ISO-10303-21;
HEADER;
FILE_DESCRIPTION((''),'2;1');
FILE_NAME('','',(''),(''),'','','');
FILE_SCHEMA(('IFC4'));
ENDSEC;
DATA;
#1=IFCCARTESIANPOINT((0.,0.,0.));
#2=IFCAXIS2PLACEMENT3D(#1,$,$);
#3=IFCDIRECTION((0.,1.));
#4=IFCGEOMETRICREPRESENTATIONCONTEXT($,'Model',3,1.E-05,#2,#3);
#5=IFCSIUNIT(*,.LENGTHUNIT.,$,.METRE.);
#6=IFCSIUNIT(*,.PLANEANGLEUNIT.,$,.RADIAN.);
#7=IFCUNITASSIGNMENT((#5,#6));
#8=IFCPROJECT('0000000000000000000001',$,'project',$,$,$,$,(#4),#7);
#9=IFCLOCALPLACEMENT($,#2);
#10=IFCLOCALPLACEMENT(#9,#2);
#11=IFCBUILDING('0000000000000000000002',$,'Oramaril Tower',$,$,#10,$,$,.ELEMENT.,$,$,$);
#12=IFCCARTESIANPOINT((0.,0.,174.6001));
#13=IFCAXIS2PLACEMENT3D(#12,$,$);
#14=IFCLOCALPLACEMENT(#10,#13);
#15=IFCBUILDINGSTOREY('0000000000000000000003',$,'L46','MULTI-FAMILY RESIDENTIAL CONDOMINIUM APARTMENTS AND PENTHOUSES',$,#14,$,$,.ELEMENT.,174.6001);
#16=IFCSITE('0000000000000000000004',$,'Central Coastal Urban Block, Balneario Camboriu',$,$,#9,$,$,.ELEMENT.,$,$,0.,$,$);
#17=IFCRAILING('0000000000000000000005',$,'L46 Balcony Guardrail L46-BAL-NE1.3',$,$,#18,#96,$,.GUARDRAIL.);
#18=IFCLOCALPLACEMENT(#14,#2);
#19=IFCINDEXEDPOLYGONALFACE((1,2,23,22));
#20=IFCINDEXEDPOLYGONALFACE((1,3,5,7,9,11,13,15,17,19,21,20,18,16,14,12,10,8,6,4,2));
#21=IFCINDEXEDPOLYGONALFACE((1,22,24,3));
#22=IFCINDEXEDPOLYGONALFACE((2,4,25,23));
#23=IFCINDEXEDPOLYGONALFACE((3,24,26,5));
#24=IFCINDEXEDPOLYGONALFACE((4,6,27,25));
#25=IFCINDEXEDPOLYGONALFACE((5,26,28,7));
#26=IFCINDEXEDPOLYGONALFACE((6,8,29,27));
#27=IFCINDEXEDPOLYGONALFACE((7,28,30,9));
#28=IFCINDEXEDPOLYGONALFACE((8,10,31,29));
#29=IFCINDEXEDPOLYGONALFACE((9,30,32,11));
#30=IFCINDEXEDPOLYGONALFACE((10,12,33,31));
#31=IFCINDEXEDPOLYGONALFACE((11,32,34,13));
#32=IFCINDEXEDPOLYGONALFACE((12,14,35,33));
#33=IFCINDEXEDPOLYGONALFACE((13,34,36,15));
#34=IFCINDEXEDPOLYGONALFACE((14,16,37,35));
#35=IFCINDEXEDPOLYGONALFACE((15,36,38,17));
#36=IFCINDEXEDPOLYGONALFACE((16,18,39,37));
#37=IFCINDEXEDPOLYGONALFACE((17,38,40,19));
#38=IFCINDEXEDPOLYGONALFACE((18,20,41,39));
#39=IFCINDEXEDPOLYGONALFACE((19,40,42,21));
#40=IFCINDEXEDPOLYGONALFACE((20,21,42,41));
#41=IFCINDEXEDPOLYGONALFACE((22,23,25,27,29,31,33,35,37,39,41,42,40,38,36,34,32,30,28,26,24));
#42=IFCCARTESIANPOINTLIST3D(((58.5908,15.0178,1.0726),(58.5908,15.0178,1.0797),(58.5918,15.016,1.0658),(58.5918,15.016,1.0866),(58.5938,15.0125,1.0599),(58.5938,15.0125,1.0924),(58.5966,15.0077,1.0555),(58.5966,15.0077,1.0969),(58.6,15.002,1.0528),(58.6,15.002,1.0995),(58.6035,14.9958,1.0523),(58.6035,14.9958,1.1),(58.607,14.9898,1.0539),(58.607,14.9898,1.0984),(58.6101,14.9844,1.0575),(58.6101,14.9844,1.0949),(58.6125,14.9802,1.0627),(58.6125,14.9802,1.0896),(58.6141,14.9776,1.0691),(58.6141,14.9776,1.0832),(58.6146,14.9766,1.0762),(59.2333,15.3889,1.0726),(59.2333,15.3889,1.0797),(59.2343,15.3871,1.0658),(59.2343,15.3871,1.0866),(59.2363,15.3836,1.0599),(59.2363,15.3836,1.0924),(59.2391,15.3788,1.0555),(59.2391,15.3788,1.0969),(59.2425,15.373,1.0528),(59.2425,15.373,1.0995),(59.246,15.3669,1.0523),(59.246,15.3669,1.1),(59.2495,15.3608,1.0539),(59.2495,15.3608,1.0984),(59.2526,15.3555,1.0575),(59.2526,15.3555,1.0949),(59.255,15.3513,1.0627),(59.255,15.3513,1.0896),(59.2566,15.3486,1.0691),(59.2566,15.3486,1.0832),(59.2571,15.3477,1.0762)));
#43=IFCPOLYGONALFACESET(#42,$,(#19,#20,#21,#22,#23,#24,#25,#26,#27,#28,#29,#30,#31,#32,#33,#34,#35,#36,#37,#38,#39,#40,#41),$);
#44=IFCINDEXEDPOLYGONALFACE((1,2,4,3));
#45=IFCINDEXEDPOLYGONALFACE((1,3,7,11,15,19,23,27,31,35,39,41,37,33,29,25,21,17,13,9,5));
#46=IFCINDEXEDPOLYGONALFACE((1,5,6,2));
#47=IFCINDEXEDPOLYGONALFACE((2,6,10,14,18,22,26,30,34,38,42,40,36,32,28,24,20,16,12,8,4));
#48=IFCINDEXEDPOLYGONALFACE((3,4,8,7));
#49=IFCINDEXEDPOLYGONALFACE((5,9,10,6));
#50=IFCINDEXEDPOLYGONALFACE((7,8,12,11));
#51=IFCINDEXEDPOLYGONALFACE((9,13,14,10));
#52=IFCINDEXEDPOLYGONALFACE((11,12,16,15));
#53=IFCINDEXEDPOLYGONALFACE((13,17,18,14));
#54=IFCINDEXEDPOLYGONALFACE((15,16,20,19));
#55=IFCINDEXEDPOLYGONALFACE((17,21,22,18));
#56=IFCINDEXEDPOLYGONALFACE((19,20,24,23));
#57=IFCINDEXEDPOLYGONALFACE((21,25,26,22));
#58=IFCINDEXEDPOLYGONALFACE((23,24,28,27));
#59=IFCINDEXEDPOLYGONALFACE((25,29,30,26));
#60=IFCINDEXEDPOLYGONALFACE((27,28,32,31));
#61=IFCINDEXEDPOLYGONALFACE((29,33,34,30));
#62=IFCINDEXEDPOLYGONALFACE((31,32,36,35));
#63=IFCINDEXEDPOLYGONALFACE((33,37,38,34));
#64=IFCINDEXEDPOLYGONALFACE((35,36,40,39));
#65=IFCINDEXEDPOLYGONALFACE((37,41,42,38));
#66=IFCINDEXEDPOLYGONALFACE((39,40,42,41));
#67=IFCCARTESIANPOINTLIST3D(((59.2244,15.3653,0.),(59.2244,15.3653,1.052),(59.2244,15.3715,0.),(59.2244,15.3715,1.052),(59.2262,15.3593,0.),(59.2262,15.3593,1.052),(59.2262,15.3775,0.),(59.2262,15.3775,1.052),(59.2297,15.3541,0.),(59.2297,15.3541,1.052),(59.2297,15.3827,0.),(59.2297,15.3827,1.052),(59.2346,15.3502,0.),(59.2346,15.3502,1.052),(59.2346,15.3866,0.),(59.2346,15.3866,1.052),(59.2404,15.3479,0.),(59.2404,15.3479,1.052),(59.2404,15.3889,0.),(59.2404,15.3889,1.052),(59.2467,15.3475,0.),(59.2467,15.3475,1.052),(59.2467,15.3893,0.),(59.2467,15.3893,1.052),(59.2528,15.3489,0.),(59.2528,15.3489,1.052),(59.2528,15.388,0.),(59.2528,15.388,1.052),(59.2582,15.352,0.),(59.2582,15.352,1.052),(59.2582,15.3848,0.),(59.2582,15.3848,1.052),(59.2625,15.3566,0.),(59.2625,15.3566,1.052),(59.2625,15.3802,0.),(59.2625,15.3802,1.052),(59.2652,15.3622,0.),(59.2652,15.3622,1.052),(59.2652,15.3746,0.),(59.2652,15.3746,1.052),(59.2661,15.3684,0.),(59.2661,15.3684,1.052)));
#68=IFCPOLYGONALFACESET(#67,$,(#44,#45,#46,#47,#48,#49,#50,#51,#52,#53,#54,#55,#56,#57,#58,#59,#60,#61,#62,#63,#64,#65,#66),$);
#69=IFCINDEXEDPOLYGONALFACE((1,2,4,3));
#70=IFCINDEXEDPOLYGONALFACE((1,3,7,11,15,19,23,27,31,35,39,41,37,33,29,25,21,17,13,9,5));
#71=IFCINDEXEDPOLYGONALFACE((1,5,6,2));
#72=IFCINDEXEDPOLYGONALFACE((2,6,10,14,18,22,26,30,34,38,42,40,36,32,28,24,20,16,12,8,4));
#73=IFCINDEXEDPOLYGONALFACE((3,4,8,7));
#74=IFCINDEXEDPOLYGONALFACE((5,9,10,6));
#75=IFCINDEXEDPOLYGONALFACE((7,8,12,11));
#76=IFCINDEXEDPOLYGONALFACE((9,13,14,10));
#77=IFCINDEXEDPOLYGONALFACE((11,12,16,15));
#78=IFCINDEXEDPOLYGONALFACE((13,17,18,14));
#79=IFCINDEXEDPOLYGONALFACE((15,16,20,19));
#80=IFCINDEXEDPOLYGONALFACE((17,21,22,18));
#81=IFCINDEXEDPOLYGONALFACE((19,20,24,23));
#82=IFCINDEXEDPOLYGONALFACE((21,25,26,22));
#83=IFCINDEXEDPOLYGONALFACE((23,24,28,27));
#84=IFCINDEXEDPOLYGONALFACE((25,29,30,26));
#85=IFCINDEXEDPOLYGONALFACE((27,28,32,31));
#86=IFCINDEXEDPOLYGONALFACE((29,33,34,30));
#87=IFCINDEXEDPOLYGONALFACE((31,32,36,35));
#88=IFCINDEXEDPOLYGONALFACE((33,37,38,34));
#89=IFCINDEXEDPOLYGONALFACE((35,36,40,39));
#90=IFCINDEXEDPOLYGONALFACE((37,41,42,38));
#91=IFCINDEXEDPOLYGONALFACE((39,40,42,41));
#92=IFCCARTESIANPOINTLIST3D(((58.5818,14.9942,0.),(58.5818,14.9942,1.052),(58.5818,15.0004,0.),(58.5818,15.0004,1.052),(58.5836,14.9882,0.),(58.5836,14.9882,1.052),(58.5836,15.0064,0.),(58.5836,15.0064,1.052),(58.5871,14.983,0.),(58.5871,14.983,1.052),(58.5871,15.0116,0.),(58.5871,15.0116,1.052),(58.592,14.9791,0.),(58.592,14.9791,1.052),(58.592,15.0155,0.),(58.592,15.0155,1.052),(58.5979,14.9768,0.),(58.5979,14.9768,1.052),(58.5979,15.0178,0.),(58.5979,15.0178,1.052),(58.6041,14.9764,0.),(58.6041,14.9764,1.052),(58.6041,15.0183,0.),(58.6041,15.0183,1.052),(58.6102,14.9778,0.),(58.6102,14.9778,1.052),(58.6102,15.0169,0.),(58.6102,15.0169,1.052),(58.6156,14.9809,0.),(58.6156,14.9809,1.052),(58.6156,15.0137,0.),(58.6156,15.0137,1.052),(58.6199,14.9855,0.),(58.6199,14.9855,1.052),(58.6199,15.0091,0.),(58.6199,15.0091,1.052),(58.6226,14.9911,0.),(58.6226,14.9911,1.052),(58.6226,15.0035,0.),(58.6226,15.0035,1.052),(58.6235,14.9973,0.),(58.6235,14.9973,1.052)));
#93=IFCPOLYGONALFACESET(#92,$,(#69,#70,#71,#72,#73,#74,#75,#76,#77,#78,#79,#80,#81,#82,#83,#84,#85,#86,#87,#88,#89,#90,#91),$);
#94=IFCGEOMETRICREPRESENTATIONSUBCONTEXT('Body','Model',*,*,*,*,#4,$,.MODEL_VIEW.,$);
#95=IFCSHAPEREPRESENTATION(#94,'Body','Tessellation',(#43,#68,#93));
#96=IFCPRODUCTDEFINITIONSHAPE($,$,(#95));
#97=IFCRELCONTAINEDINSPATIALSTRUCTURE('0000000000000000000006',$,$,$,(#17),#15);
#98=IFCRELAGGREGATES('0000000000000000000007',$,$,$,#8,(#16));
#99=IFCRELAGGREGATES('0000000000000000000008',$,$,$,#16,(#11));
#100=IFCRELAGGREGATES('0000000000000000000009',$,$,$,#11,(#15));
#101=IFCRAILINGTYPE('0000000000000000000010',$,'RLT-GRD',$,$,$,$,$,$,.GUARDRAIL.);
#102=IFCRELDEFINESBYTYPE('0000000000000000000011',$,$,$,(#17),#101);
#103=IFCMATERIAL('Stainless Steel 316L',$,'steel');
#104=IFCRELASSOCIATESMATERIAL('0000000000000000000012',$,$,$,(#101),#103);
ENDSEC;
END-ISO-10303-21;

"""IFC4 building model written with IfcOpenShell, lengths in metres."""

from ifc_helpers import new_model, si_unit, direction, frame, origin, origin_2d, place, context, subcontext, project, spatial, circle, extrude, material, type_object, element, save


model = new_model("IFC4")

# Units and contexts
model_context = context("Model", 3, precision=1e-05, world=origin(), true_north=direction((0.0, 1.0)))
body_context = subcontext(model_context, "Body", "Model", "MODEL_VIEW")
ifc_project = project(units=[si_unit("LENGTHUNIT", "METRE"), si_unit("PLANEANGLEUNIT", "RADIAN")], contexts=[model_context])

# Site, building, storey
site_placement = place(None, origin())
site = spatial("IfcSite", under=ifc_project, at=site_placement, Name="Central Coastal Urban Block, Balneario Camboriu", CompositionType="ELEMENT", RefElevation=0.0)
building_placement = place(site_placement, origin())
building = spatial("IfcBuilding", under=site, at=building_placement, Name="Oramaril Tower", CompositionType="ELEMENT")
storey_placement = place(building_placement, frame((0.0, 0.0, 174.6001)))
storey = spatial("IfcBuildingStorey", under=building, at=storey_placement, Name="L46", Description="MULTI-FAMILY RESIDENTIAL CONDOMINIUM APARTMENTS AND PENTHOUSES", CompositionType="ELEMENT", Elevation=174.6001)

# Railing
ifc_material_1 = material(Name="Stainless Steel 316L", Category="steel")
railing_type_1 = type_object("IfcRailingType", Name="RLT-GRD", PredefinedType="GUARDRAIL", material=ifc_material_1)
railing_1_placement = place(storey_placement, frame((59.2451, 15.3684, 0.0)))
element("IfcRailing", 1, at=railing_1_placement, inside=storey, type_object=railing_type_1, Name="L46 Balcony Guardrail L46-BAL-NE1.3", PredefinedType="GUARDRAIL", context=body_context, shape_type="SweptSolid", body=[
    extrude(circle(Radius=0.0239, at=origin_2d()), frame((0.0, 0.0, 1.0762), z_axis=(-0.865966, -0.500102, 0.0), x_axis=(0.500102, -0.865966, 0.0)), (0.0, 0.0, 1.0), 0.7419),
    extrude(circle(Radius=0.021, at=origin_2d()), origin(), (0.0, 0.0, 1.0), 1.052),
    extrude(circle(Radius=0.021, at=origin_2d()), frame((-0.6426, -0.3711, 0.0)), (0.0, 0.0, 1.0), 1.052),
])

save(model, "model.ifc")
